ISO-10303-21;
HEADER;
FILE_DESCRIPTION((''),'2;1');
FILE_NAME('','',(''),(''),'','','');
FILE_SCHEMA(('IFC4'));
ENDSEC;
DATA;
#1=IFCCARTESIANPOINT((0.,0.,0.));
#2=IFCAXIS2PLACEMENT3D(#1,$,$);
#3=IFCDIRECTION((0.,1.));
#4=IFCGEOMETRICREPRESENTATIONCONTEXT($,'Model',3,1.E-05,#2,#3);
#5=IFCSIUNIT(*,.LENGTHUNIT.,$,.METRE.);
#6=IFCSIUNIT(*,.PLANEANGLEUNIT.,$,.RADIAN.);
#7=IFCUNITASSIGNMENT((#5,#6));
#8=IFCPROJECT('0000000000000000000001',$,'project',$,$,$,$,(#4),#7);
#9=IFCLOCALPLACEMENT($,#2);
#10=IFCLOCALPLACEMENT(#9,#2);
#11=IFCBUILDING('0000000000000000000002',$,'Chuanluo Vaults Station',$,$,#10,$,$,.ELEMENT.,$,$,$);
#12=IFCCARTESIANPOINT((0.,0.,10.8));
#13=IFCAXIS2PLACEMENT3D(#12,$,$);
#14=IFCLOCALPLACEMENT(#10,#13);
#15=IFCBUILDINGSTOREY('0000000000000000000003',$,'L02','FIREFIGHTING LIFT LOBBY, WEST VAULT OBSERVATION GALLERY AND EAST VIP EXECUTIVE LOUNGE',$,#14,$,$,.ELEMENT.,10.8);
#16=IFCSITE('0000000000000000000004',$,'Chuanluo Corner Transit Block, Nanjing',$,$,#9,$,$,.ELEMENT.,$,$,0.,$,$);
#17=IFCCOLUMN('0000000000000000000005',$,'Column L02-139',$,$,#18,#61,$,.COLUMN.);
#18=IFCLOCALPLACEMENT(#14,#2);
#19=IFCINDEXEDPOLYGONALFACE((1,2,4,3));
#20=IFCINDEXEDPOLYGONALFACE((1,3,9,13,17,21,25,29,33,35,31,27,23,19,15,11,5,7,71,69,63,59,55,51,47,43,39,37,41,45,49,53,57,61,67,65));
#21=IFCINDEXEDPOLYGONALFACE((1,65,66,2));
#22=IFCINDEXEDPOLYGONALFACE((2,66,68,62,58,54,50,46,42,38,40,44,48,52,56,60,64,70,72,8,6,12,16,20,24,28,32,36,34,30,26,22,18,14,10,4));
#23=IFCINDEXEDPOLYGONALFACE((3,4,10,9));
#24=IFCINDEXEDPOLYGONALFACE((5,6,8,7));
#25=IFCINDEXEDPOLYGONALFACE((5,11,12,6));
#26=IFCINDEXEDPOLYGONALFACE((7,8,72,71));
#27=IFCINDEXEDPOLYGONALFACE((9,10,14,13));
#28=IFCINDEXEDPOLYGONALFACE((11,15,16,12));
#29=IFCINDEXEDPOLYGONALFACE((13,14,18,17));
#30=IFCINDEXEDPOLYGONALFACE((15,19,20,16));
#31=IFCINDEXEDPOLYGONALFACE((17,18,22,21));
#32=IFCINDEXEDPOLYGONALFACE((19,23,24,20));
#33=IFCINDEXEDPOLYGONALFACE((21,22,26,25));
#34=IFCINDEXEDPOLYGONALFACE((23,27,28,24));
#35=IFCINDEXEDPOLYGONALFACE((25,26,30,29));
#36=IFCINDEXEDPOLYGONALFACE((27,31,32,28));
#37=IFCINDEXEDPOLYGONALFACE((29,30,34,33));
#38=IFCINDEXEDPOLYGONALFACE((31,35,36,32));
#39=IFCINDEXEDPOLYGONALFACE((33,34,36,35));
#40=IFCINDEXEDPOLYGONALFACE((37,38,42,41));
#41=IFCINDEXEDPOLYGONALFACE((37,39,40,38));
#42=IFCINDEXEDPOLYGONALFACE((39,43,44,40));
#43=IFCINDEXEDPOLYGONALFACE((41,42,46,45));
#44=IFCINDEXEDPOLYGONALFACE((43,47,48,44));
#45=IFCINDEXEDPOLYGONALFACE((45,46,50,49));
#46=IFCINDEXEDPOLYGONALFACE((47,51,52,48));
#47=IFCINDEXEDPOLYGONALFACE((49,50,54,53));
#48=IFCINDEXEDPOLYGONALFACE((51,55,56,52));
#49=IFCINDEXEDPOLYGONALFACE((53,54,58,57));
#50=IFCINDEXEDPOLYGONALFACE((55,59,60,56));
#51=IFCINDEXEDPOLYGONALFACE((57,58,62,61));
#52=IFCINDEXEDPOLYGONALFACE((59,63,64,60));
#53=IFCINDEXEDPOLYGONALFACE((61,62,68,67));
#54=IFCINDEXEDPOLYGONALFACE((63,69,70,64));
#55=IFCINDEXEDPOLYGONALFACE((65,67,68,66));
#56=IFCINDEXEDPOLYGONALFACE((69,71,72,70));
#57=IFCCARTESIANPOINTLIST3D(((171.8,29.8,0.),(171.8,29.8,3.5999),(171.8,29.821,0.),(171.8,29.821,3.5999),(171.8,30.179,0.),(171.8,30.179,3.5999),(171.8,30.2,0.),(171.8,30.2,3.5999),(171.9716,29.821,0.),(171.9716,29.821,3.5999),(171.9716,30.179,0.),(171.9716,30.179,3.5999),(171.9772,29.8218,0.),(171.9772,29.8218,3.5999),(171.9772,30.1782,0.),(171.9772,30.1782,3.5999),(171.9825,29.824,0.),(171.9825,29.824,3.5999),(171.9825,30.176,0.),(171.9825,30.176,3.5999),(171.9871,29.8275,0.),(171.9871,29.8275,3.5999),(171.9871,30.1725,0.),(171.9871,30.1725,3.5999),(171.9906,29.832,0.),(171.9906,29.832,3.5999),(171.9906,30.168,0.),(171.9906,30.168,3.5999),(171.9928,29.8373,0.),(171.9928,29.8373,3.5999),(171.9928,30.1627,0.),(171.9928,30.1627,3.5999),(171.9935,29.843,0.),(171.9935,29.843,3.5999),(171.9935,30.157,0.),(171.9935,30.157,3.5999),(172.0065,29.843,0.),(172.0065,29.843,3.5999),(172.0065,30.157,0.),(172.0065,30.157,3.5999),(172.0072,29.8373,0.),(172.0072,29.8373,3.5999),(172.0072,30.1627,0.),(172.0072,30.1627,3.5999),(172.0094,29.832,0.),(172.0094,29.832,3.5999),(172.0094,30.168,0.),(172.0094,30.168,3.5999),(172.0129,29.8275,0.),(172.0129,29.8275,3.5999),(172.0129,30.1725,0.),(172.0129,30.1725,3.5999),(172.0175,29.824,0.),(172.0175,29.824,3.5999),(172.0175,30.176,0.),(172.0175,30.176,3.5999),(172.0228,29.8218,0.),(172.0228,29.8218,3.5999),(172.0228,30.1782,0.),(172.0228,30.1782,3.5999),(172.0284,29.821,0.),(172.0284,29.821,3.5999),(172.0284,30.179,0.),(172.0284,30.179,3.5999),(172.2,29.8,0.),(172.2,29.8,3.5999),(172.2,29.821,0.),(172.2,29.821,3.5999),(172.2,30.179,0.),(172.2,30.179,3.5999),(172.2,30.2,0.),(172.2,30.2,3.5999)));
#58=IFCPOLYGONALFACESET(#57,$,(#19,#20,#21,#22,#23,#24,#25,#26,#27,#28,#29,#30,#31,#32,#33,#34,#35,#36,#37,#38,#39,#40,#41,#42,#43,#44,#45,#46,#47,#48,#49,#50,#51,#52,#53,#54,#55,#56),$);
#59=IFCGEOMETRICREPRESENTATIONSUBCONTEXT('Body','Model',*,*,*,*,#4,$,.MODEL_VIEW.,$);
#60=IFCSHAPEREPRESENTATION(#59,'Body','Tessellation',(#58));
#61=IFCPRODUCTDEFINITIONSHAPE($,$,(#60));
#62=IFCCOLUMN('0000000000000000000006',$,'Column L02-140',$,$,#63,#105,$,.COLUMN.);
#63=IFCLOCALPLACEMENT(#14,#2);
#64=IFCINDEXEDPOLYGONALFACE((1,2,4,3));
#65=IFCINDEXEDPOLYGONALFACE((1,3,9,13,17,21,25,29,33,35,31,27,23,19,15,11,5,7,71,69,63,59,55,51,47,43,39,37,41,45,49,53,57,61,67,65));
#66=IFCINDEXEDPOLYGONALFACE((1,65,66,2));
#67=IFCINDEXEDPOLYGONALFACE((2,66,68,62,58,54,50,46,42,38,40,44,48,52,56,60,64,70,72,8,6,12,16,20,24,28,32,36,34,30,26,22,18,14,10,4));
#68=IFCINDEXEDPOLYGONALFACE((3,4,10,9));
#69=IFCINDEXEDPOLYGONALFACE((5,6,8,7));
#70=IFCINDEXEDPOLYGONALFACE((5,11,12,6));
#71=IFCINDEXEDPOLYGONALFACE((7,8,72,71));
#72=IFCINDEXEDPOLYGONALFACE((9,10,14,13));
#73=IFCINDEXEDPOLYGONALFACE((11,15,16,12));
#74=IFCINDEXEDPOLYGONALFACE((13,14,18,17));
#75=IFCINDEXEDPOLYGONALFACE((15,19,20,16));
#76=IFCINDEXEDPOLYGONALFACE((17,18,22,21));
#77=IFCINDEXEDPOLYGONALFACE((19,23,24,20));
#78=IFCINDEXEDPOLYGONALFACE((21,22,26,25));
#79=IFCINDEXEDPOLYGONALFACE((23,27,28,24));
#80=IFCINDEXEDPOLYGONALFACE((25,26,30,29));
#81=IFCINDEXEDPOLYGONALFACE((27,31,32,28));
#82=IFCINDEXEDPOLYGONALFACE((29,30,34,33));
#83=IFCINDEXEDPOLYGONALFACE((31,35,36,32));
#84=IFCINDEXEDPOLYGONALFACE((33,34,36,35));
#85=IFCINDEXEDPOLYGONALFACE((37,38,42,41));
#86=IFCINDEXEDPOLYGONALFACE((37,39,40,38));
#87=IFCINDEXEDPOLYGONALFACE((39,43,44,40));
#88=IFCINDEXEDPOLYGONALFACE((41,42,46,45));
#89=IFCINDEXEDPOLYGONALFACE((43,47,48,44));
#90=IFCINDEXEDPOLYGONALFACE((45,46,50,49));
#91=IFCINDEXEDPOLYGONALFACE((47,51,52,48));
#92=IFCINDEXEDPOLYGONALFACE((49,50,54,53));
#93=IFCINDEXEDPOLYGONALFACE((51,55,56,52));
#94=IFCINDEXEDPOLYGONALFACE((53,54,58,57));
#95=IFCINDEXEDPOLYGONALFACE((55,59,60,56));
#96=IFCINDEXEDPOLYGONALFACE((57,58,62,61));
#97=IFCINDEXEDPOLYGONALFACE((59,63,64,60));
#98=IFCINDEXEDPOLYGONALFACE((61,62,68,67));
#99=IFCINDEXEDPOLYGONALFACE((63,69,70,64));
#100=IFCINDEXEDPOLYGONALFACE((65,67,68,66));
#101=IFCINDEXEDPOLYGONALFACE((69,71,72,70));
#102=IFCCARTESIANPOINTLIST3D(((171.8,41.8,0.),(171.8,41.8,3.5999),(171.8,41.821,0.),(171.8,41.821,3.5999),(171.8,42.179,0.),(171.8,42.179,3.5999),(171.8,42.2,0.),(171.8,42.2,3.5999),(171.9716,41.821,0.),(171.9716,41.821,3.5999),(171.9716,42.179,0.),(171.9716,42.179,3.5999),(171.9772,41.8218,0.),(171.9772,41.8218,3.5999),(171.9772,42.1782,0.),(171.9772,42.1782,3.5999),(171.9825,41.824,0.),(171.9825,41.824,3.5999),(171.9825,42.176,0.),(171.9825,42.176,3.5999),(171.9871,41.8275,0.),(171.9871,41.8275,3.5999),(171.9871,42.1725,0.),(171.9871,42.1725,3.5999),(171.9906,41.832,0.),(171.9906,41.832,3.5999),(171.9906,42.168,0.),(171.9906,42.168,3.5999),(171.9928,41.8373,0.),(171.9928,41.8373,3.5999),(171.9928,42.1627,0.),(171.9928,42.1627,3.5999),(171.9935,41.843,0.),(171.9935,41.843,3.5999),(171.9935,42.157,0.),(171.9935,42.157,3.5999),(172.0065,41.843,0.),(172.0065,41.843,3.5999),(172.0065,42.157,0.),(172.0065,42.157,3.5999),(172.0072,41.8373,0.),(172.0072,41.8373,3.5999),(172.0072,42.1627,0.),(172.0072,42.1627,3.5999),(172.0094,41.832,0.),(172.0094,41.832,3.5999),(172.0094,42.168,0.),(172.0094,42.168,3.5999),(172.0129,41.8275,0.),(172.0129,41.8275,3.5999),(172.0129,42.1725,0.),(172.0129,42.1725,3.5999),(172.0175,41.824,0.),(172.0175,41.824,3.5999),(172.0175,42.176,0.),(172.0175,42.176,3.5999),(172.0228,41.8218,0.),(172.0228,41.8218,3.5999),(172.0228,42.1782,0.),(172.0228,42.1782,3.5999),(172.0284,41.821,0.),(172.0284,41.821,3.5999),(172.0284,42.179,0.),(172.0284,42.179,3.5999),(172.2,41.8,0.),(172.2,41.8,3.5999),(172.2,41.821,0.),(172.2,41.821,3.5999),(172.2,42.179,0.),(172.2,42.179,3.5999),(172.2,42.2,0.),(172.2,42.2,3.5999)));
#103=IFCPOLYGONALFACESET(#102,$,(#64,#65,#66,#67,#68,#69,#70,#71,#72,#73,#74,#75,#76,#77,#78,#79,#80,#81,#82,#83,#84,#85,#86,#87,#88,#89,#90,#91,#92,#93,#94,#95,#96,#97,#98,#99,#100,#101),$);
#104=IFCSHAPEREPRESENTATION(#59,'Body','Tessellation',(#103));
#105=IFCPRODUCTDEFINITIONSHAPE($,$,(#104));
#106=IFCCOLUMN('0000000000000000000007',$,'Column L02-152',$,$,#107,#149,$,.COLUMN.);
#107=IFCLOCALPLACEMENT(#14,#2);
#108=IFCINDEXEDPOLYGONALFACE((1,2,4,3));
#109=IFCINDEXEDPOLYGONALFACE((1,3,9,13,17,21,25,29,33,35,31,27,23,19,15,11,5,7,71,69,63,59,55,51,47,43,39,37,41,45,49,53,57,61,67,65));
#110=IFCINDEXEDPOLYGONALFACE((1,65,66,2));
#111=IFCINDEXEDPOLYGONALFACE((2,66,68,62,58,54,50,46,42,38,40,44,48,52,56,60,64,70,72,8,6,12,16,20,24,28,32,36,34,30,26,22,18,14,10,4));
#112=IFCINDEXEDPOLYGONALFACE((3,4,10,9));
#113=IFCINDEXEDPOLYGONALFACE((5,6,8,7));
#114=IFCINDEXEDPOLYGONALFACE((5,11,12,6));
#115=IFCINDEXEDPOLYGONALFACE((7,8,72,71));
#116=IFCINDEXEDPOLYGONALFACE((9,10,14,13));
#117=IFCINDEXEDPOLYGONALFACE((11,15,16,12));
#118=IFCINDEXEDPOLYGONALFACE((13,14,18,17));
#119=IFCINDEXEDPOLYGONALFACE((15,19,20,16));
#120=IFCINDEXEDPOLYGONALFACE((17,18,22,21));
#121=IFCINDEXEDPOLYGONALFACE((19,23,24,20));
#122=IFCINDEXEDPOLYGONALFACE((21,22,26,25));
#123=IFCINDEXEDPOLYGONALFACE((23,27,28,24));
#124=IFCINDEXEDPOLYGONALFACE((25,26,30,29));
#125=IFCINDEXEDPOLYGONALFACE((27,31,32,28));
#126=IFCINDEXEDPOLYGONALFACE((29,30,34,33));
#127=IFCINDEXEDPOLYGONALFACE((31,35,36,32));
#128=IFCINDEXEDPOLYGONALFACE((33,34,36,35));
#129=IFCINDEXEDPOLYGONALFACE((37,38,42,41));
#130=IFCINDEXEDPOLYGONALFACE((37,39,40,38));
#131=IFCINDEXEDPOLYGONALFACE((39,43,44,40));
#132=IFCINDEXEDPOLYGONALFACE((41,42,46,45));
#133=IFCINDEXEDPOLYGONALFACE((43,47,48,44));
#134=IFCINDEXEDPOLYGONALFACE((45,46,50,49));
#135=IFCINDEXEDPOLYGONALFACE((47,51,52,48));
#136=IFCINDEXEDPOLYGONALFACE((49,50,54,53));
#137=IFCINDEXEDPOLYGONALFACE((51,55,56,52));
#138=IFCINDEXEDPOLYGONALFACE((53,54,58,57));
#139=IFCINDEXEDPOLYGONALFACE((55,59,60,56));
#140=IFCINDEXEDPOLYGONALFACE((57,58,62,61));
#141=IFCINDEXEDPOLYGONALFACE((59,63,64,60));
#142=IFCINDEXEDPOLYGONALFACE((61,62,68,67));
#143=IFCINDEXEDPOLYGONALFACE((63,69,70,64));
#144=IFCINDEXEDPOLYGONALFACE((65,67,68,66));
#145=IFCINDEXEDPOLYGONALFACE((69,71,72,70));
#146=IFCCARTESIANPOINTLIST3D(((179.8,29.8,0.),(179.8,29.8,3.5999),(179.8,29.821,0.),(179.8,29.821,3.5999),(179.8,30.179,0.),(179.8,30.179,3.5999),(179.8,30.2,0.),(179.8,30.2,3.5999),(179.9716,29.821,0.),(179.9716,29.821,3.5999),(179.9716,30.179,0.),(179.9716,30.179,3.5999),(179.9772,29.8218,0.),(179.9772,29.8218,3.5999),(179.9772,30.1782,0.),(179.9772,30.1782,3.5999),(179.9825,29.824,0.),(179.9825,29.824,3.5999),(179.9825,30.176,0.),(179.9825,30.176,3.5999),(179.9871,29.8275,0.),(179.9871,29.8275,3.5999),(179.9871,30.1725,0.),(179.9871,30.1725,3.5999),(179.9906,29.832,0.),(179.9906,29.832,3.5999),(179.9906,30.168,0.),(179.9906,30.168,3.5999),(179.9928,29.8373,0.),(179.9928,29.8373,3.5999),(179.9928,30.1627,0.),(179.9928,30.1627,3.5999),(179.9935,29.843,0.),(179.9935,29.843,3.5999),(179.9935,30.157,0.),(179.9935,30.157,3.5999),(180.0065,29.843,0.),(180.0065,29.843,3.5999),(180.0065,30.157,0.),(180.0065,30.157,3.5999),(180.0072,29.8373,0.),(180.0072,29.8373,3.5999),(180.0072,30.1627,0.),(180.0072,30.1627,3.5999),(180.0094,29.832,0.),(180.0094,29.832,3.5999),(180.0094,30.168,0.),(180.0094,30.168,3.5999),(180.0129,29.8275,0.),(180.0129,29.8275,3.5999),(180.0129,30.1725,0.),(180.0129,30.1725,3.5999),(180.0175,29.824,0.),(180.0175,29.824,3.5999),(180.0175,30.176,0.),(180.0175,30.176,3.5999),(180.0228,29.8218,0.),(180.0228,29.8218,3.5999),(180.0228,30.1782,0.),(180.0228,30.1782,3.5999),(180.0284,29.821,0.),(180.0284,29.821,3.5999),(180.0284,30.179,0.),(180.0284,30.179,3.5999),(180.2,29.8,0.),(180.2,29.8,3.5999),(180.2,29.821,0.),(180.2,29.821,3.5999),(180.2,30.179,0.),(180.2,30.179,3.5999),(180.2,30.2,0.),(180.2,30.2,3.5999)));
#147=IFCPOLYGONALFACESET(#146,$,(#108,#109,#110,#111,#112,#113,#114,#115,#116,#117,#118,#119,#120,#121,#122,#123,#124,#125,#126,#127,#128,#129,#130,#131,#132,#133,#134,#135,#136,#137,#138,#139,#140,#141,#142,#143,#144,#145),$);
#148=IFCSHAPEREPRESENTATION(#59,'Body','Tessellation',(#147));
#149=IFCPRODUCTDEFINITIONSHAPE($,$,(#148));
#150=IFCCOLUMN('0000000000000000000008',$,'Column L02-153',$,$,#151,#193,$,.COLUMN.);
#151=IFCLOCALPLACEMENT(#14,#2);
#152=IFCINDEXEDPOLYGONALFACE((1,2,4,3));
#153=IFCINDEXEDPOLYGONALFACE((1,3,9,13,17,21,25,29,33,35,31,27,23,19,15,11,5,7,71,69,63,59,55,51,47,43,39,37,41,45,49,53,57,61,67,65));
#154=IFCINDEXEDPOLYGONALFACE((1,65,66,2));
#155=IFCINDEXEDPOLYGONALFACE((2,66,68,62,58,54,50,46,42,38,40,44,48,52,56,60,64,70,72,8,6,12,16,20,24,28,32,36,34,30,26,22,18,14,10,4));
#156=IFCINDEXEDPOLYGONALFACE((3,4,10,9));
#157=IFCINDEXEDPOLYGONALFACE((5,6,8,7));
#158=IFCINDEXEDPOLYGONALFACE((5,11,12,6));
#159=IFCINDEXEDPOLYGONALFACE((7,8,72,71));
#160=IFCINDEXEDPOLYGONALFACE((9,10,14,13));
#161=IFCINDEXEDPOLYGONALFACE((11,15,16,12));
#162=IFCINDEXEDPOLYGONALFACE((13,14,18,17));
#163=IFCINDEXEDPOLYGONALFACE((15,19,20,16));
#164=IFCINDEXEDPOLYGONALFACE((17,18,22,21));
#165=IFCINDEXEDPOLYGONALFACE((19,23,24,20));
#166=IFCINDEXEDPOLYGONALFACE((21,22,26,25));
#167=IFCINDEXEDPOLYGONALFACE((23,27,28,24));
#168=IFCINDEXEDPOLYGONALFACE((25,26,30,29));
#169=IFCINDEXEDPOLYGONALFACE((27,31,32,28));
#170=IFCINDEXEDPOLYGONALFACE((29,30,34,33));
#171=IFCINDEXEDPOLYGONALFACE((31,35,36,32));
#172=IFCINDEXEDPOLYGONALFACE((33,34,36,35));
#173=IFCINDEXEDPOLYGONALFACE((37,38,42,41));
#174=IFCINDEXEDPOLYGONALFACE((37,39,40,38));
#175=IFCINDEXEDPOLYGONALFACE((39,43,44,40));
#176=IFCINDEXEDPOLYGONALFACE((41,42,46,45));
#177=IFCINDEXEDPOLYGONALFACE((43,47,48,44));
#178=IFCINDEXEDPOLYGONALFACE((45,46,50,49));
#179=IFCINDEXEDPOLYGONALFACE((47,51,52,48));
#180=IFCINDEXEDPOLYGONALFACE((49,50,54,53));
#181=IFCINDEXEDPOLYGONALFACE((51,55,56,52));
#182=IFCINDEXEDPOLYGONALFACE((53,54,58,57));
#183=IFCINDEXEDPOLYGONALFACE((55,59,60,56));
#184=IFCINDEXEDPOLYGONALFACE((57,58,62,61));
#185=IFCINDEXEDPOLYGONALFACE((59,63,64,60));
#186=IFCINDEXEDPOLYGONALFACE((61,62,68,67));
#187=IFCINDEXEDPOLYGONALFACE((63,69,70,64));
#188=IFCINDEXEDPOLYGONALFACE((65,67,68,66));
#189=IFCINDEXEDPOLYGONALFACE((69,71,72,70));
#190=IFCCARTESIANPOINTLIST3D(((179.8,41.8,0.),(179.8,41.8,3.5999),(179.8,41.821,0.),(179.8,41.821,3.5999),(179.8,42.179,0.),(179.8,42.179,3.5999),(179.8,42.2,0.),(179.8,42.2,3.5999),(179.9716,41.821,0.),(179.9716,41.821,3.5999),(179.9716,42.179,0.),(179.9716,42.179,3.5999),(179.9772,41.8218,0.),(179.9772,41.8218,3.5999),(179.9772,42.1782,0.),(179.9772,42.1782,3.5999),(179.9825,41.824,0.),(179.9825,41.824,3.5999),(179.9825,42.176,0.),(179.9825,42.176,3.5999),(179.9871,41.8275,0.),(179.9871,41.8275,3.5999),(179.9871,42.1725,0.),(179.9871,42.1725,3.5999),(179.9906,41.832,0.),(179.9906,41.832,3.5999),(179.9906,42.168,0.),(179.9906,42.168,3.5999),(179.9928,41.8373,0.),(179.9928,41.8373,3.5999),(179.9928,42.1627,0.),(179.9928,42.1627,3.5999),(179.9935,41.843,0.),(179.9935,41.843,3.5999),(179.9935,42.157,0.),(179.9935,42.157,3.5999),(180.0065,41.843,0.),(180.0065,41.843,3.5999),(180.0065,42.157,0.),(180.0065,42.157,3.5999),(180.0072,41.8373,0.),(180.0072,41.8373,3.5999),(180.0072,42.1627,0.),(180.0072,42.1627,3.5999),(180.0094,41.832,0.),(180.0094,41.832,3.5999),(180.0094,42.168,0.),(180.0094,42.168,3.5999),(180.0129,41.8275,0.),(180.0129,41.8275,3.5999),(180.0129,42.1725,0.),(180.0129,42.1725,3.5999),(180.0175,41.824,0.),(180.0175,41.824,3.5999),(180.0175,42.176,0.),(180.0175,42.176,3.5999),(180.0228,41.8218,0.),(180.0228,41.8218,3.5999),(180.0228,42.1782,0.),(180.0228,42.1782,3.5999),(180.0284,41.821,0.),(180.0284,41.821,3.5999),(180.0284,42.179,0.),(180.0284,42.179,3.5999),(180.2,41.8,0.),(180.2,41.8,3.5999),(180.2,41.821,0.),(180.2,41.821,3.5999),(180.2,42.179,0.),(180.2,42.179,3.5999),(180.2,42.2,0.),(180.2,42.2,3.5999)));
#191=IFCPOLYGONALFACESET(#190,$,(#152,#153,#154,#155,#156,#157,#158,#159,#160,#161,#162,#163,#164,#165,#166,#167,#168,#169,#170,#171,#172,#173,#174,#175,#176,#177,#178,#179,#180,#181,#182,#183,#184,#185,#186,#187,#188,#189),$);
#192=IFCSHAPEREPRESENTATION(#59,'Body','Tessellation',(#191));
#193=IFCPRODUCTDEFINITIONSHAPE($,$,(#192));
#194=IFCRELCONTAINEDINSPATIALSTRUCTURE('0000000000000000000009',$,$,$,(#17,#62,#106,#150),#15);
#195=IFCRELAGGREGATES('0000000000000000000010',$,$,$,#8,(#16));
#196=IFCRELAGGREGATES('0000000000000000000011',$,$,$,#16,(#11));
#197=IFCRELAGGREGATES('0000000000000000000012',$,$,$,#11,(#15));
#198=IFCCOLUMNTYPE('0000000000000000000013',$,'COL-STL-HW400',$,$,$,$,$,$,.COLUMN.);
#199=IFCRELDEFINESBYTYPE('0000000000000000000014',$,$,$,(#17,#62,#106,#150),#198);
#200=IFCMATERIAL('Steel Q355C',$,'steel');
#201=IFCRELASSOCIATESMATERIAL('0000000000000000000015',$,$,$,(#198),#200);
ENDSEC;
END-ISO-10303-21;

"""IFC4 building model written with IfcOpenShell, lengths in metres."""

from ifc_helpers import new_model, si_unit, direction, frame, origin, origin_2d, place, context, subcontext, project, spatial, i_section, extrude, material, material_profile, profile_set, type_object, element, save


model = new_model("IFC4")

# Units and contexts
model_context = context("Model", 3, precision=1e-05, world=origin(), true_north=direction((0.0, 1.0)))
body_context = subcontext(model_context, "Body", "Model", "MODEL_VIEW")
ifc_project = project(units=[si_unit("LENGTHUNIT", "METRE"), si_unit("PLANEANGLEUNIT", "RADIAN")], contexts=[model_context])

# Site, building, storey
site_placement = place(None, origin())
site = spatial("IfcSite", under=ifc_project, at=site_placement, Name="Chuanluo Corner Transit Block, Nanjing", CompositionType="ELEMENT", RefElevation=0.0)
building_placement = place(site_placement, origin())
building = spatial("IfcBuilding", under=site, at=building_placement, Name="Chuanluo Vaults Station", CompositionType="ELEMENT")
storey_placement = place(building_placement, frame((0.0, 0.0, 10.8)))
storey = spatial("IfcBuildingStorey", under=building, at=storey_placement, Name="L02", Description="FIREFIGHTING LIFT LOBBY, WEST VAULT OBSERVATION GALLERY AND EAST VIP EXECUTIVE LOUNGE", CompositionType="ELEMENT", Elevation=10.8)

# Columns
ifc_material_1 = material(Name="Steel Q355C", Category="steel")
ifc_material_profile_1 = material_profile(ifc_material_1, i_section(OverallWidth=0.3999, OverallDepth=0.3999, WebThickness=0.0129, FlangeThickness=0.021, FilletRadius=0.022, at=origin_2d()))
ifc_profile_set_1 = profile_set([ifc_material_profile_1], Name="Steel Q355C")
column_type = type_object("IfcColumnType", Name="COL-STL-HW400", PredefinedType="COLUMN", material=ifc_profile_set_1)
for number, where, z_axis, x_axis, name in (
    (1, (172.0, 30.0, 0.0), (0.0, 0.0, 1.0), (1.0, 0.0, 0.0), "Column L02-139"),
    (2, (172.0, 42.0, 0.0), (0.0, 0.0, 1.0), (1.0, 0.0, 0.0), "Column L02-140"),
    (3, (180.0, 30.0, 0.0), (0.0, 0.0, 1.0), (1.0, 0.0, 0.0), "Column L02-152"),
    (4, (180.0, 42.0, 0.0), (0.0, 0.0, 1.0), (1.0, 0.0, 0.0), "Column L02-153"),
):
    element("IfcColumn", number, at=place(storey_placement, frame(where, z_axis=z_axis, x_axis=x_axis)), inside=storey, type_object=column_type, Name=name, PredefinedType="COLUMN", context=body_context, shape_type="SweptSolid", body=[
        extrude(i_section(OverallWidth=0.3999, OverallDepth=0.3999, WebThickness=0.0129, FlangeThickness=0.021, FilletRadius=0.022, at=origin_2d()), origin(), (0.0, 0.0, 1.0), 3.5999),
    ])

save(model, "model.ifc")
